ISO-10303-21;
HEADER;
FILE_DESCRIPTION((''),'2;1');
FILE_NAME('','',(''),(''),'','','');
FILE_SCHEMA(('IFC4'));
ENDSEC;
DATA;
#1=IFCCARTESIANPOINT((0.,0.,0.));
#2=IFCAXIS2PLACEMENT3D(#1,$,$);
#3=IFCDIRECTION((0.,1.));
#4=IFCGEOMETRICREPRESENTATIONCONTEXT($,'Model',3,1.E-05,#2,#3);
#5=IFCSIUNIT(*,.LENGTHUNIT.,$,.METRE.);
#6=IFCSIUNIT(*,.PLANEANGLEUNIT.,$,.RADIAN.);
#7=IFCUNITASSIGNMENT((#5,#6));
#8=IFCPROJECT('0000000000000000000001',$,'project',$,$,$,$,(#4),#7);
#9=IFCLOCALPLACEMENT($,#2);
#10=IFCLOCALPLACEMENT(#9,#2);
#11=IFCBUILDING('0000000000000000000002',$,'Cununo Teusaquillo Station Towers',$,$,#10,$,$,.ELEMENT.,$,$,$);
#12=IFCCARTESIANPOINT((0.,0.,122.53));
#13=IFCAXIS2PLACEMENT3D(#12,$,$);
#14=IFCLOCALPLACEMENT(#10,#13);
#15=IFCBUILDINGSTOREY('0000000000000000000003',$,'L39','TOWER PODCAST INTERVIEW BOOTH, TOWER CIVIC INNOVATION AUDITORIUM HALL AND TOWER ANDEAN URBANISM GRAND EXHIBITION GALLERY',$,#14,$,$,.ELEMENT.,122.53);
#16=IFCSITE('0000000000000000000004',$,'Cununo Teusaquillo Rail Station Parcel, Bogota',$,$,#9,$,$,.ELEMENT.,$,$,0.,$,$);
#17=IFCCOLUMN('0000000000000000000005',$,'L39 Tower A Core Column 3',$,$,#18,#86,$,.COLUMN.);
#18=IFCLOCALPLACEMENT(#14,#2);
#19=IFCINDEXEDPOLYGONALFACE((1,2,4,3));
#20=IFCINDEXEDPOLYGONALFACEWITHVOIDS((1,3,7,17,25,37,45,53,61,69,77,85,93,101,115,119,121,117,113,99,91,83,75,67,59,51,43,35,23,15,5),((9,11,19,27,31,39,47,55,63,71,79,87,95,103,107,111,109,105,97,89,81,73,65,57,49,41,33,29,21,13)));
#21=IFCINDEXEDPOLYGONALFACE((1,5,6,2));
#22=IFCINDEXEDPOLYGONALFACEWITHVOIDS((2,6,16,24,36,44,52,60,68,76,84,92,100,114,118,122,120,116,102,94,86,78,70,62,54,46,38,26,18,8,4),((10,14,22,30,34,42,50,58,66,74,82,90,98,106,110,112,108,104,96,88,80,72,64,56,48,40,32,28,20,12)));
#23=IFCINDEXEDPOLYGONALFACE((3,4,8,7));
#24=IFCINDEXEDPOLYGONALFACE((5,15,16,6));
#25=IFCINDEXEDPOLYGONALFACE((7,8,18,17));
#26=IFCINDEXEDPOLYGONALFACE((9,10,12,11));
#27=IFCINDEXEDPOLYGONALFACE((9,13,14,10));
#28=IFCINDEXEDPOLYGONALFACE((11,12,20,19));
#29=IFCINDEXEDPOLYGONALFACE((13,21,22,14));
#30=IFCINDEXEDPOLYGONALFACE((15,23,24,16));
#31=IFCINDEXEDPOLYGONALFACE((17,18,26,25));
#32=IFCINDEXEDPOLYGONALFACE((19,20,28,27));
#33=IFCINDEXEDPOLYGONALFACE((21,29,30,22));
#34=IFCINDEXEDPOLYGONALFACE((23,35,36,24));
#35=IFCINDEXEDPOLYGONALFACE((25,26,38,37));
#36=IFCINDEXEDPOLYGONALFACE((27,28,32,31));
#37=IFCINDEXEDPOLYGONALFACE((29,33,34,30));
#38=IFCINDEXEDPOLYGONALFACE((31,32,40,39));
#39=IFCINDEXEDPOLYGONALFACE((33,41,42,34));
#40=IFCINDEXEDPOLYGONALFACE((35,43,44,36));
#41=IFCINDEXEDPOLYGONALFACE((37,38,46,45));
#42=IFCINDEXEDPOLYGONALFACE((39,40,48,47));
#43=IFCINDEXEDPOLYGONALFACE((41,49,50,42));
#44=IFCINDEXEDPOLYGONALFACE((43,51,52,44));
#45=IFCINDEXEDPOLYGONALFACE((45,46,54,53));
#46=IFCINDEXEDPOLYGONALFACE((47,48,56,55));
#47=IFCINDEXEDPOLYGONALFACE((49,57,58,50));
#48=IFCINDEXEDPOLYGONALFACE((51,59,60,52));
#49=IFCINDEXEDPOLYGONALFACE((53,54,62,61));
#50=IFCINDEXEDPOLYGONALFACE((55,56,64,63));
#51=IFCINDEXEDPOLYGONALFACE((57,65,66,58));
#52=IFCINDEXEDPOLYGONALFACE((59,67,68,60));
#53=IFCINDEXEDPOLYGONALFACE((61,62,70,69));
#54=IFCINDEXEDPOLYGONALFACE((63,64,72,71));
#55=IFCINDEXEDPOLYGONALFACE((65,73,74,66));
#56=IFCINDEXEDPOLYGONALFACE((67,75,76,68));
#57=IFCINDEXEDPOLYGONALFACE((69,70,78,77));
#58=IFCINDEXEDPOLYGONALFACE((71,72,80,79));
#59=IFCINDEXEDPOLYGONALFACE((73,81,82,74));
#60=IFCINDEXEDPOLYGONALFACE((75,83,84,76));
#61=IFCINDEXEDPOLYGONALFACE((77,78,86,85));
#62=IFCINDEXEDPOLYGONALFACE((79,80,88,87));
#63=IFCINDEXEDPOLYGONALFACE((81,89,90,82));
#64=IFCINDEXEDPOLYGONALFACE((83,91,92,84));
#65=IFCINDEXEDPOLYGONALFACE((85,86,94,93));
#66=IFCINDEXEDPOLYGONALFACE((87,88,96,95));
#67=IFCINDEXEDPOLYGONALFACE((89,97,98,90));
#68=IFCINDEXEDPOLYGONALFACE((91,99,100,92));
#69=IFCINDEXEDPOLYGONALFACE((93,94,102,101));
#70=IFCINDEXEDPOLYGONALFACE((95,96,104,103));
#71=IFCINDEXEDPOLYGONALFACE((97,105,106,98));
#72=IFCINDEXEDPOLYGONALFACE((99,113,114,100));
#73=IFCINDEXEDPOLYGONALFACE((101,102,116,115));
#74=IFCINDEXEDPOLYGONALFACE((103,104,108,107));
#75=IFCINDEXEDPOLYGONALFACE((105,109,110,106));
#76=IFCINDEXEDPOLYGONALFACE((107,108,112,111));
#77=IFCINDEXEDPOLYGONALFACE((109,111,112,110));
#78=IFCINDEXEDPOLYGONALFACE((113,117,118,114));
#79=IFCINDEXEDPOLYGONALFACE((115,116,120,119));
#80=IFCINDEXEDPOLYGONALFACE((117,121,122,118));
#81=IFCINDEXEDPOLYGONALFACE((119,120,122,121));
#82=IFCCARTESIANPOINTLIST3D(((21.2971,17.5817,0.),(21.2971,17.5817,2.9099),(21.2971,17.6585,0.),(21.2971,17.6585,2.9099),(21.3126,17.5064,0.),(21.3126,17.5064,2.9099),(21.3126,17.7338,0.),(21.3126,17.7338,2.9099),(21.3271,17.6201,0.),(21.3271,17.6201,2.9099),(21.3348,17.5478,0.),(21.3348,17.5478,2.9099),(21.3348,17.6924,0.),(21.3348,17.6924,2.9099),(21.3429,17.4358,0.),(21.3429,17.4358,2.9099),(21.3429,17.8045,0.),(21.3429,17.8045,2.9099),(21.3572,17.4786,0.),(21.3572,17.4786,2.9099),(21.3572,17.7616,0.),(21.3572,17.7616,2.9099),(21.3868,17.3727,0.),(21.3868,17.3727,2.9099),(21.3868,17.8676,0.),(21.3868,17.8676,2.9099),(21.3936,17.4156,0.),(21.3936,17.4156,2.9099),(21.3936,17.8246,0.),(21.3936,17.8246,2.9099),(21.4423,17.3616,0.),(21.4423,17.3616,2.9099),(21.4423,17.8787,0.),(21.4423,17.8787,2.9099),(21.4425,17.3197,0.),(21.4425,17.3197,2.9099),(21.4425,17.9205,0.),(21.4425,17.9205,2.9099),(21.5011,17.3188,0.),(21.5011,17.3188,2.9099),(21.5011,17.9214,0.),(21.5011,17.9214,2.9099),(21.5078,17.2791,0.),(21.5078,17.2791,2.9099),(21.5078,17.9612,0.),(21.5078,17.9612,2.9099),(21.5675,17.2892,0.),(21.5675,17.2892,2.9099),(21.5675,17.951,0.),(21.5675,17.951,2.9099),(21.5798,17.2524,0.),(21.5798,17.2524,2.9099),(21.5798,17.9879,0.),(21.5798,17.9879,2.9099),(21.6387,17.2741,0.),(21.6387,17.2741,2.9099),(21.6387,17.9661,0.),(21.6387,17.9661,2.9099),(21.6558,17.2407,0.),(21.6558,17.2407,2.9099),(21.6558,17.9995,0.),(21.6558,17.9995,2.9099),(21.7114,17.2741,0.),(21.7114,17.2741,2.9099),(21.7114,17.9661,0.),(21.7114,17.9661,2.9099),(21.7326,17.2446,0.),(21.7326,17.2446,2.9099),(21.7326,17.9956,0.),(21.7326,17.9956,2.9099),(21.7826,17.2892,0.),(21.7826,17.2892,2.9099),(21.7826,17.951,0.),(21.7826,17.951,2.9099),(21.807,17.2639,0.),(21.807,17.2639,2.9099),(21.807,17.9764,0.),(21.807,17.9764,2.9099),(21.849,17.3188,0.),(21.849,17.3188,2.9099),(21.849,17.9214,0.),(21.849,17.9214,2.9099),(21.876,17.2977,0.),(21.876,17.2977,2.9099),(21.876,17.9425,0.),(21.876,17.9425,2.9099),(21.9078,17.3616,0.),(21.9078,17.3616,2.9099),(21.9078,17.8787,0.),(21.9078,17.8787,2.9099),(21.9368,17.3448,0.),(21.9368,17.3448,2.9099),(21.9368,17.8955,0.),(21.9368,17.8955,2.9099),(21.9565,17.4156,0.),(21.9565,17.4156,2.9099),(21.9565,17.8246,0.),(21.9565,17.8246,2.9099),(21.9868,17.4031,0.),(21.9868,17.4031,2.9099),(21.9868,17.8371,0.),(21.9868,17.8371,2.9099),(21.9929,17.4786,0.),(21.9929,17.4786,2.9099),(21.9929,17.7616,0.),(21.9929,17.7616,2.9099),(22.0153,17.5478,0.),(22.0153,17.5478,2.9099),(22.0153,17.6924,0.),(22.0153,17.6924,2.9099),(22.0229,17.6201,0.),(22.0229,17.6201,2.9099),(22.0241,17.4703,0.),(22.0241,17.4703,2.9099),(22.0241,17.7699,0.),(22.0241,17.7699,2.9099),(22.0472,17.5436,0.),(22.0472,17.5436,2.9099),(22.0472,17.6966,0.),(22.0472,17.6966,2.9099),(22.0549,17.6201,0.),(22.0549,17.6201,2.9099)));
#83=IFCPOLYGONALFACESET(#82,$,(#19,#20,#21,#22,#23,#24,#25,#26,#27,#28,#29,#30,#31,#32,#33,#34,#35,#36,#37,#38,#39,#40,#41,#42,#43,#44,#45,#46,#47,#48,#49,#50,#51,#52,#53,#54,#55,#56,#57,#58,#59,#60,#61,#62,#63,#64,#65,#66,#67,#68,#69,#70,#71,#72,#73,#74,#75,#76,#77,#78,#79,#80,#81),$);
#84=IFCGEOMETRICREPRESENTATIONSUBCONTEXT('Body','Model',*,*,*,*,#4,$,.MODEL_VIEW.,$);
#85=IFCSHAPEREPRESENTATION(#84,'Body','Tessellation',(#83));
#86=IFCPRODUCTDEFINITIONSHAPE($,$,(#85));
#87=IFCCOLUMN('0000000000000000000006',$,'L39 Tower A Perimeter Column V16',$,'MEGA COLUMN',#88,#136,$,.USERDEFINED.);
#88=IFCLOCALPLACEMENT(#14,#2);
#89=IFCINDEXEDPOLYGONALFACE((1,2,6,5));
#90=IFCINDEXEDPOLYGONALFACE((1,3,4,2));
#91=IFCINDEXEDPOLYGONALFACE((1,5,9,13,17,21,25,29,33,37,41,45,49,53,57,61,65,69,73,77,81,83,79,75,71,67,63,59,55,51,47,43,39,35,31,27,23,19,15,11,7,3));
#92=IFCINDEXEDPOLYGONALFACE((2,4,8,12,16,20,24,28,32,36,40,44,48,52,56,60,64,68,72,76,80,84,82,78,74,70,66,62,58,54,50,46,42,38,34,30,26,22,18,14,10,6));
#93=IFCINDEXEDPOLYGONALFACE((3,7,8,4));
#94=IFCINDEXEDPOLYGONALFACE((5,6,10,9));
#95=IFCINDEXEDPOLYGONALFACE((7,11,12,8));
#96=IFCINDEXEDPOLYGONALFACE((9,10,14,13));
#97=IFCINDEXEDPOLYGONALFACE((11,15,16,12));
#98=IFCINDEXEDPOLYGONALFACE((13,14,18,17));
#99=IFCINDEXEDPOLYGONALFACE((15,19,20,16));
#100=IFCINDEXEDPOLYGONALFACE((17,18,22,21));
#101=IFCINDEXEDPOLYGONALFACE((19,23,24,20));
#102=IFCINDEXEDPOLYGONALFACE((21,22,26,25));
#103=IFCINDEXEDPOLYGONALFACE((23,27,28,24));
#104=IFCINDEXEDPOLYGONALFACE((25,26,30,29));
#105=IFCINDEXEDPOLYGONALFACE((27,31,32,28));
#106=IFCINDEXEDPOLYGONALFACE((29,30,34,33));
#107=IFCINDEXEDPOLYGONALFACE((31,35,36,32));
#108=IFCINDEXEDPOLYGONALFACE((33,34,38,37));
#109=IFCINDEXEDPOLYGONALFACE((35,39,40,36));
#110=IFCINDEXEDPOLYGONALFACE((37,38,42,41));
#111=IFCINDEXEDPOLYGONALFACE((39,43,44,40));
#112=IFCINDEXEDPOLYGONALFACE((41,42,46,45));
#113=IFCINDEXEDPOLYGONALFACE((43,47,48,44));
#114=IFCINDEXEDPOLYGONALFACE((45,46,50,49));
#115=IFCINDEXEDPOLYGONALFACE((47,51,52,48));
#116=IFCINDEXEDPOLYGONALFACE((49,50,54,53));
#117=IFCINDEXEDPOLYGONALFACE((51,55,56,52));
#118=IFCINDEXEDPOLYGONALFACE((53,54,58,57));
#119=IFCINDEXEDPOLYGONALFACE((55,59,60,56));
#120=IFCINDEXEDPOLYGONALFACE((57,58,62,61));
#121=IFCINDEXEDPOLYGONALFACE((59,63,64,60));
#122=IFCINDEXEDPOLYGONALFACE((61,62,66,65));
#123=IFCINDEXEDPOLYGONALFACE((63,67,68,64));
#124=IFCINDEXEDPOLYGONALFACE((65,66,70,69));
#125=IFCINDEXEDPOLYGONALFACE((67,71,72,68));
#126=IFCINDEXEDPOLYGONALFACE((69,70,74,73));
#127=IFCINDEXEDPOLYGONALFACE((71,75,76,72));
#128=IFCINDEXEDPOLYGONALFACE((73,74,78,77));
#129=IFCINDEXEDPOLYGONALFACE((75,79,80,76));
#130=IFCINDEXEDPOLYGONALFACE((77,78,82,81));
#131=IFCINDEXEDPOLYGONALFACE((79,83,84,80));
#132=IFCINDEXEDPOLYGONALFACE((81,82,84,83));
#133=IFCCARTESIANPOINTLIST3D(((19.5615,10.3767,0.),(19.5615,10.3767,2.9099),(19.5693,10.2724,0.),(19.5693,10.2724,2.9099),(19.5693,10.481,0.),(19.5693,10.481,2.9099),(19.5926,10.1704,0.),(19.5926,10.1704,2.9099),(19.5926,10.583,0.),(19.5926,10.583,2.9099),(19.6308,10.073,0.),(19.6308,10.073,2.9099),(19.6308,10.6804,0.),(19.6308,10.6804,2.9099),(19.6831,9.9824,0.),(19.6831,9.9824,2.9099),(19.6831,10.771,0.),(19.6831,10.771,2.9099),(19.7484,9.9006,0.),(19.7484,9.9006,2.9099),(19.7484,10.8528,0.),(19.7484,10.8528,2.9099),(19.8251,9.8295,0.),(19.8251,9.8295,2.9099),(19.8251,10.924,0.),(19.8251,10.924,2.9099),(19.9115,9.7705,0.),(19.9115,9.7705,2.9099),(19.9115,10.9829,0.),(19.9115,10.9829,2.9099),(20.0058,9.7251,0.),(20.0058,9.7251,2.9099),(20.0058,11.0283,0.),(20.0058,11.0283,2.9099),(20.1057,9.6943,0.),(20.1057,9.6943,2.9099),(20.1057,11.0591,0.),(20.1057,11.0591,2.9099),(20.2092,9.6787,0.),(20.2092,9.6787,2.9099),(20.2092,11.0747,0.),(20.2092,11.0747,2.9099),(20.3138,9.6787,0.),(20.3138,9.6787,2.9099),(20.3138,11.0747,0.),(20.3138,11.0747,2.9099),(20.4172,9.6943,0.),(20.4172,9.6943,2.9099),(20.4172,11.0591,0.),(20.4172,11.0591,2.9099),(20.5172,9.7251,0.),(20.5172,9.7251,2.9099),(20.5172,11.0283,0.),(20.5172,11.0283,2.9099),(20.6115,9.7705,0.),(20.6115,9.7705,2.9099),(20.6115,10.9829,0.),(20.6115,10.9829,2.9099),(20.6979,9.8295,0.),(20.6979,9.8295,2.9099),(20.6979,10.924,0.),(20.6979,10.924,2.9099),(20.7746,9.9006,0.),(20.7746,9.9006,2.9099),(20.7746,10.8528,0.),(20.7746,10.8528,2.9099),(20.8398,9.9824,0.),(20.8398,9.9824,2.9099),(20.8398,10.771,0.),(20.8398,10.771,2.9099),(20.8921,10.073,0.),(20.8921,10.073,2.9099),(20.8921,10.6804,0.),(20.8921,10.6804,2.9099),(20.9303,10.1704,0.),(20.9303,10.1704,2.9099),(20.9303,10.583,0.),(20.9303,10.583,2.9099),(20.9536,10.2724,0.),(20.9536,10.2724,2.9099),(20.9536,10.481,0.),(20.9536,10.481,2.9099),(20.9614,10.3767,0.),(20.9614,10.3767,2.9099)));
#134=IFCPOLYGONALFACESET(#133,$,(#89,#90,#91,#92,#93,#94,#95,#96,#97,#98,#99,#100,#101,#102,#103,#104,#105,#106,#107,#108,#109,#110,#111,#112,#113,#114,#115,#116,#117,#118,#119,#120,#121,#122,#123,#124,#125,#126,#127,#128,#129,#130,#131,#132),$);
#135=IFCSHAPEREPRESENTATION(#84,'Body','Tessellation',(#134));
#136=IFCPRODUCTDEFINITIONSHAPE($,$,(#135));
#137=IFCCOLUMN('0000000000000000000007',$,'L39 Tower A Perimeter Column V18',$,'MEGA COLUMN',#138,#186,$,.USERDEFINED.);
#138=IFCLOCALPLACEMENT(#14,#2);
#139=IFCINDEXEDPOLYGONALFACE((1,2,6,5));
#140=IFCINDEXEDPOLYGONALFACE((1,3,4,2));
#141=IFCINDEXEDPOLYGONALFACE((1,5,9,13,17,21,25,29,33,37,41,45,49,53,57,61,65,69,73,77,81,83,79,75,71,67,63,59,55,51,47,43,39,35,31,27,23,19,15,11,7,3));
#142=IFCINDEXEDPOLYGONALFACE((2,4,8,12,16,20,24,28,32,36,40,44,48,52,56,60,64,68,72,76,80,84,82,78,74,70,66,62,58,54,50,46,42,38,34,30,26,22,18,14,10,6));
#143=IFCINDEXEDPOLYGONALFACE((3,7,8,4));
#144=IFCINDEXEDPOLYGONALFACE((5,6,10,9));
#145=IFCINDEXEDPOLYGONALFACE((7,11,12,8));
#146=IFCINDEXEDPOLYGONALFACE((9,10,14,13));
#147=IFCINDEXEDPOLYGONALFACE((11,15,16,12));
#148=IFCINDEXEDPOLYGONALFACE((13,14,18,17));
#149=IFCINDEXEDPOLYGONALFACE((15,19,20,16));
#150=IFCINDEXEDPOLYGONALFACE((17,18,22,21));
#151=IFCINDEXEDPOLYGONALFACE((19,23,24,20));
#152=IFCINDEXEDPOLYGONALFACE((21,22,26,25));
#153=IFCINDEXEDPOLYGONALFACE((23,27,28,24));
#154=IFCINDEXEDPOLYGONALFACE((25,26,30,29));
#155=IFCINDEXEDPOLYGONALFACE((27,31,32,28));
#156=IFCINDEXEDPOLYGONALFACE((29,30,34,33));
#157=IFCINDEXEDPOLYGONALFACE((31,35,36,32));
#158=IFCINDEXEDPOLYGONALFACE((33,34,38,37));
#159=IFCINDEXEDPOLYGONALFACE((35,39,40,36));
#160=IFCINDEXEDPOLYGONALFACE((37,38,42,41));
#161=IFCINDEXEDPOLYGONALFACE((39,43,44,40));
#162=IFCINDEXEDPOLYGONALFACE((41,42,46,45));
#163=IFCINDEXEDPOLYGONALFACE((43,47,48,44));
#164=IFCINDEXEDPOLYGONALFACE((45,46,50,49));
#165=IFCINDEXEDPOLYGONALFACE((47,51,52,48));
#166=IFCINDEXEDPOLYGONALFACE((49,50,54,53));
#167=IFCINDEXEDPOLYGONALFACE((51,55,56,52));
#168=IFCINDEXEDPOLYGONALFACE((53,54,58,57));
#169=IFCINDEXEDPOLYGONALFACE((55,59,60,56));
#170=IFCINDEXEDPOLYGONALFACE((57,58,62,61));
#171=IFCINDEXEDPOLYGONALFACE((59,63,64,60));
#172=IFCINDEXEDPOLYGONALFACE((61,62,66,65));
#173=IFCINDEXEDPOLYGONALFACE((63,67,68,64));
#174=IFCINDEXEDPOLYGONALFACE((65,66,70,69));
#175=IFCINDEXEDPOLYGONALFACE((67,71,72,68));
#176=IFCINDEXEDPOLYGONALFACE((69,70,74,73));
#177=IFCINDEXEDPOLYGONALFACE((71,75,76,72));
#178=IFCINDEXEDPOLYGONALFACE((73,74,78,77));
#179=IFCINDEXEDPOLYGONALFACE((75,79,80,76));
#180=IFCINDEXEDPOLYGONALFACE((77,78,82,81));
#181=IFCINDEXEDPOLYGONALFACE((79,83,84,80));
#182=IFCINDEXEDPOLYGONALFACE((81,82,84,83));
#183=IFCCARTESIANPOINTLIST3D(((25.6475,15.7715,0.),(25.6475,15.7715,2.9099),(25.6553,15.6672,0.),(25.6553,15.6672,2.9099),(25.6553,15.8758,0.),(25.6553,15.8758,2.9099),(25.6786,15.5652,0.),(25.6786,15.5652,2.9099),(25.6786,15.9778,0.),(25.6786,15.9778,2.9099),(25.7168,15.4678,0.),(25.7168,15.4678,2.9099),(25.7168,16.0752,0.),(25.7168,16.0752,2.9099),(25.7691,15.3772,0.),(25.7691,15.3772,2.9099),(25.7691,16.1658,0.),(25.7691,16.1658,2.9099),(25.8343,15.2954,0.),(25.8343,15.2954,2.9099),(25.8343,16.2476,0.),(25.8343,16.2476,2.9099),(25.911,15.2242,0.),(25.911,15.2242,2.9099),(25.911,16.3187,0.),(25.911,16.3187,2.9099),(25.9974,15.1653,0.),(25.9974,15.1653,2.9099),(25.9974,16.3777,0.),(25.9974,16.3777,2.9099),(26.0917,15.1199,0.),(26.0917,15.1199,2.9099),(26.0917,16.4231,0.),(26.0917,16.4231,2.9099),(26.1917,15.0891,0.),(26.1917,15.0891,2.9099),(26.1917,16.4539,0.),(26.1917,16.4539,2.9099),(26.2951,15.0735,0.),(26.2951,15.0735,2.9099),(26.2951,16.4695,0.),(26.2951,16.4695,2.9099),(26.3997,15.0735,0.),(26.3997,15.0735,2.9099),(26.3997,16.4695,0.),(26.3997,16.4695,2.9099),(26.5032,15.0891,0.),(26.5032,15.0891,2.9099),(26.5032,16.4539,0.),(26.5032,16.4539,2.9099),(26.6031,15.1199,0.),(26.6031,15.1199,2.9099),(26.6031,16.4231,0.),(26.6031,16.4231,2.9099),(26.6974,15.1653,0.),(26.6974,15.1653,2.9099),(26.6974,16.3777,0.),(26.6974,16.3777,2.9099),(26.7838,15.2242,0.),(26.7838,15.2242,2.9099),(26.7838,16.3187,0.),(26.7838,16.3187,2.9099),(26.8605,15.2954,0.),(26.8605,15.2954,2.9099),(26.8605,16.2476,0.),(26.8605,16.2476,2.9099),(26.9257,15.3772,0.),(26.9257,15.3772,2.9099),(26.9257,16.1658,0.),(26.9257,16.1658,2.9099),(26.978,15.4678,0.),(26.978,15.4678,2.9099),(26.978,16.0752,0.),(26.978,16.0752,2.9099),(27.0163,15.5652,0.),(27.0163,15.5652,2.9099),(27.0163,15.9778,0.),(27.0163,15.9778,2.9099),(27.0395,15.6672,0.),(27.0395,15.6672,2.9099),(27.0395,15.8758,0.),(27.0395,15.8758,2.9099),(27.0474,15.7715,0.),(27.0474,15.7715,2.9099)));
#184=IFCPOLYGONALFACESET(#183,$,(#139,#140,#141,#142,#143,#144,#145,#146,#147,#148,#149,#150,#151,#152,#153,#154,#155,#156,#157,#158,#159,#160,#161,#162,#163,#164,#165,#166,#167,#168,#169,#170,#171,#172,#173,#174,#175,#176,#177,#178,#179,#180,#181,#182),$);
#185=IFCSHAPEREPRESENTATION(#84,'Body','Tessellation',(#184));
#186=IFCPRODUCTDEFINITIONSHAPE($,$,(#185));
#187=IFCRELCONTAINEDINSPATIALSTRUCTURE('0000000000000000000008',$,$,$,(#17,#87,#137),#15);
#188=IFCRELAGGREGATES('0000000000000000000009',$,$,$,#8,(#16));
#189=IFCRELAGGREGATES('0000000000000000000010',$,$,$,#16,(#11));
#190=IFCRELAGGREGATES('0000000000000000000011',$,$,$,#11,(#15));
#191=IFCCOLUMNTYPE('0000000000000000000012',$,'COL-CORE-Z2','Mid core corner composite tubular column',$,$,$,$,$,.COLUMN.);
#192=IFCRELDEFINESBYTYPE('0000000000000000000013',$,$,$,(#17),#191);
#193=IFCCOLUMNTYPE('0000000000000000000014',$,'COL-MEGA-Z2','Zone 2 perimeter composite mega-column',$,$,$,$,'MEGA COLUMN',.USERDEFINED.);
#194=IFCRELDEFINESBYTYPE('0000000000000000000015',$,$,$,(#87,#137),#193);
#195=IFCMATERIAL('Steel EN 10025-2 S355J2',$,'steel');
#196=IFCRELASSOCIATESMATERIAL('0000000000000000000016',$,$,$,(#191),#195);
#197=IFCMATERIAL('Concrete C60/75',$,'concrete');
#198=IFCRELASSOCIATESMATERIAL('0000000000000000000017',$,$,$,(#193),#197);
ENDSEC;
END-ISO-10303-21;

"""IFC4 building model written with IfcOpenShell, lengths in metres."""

from ifc_helpers import new_model, si_unit, direction, frame, origin, origin_2d, place, context, subcontext, project, spatial, circle, hollow_circle, extrude, material, material_profile, profile_set, type_object, element, save


model = new_model("IFC4")

# Units and contexts
model_context = context("Model", 3, precision=1e-05, world=origin(), true_north=direction((0.0, 1.0)))
body_context = subcontext(model_context, "Body", "Model", "MODEL_VIEW")
ifc_project = project(units=[si_unit("LENGTHUNIT", "METRE"), si_unit("PLANEANGLEUNIT", "RADIAN")], contexts=[model_context])

# Site, building, storey
site_placement = place(None, origin())
site = spatial("IfcSite", under=ifc_project, at=site_placement, Name="Cununo Teusaquillo Rail Station Parcel, Bogota", CompositionType="ELEMENT", RefElevation=0.0)
building_placement = place(site_placement, origin())
building = spatial("IfcBuilding", under=site, at=building_placement, Name="Cununo Teusaquillo Station Towers", CompositionType="ELEMENT")
storey_placement = place(building_placement, frame((0.0, 0.0, 122.53)))
storey = spatial("IfcBuildingStorey", under=building, at=storey_placement, Name="L39", Description="TOWER PODCAST INTERVIEW BOOTH, TOWER CIVIC INNOVATION AUDITORIUM HALL AND TOWER ANDEAN URBANISM GRAND EXHIBITION GALLERY", CompositionType="ELEMENT", Elevation=122.53)

# Columns
ifc_material_1 = material(Name="Steel EN 10025-2 S355J2", Category="steel")
ifc_material_profile_1 = material_profile(ifc_material_1, hollow_circle(Radius=0.3799, WallThickness=0.032, at=origin_2d()), Name="CHS 760x32")
ifc_profile_set_1 = profile_set([ifc_material_profile_1], Name="Steel EN 10025-2 S355J2")
column_type_1 = type_object("IfcColumnType", Name="COL-CORE-Z2", Description="Mid core corner composite tubular column", PredefinedType="COLUMN", material=ifc_profile_set_1)
column_placement = place(storey_placement, frame((21.675, 17.6201, 0.0), z_axis=(0.0, 0.0, 1.0), x_axis=(1.0, 0.0, 0.0)))
element("IfcColumn", 1, at=column_placement, inside=storey, type_object=column_type_1, Name="L39 Tower A Core Column 3", PredefinedType="COLUMN", context=body_context, shape_type="SweptSolid", body=[
    extrude(hollow_circle(Radius=0.3799, WallThickness=0.032, at=origin_2d()), origin(), (0.0, 0.0, 1.0), 2.9099),
])
ifc_material_2 = material(Name="Concrete C60/75", Category="concrete")
ifc_material_profile_2 = material_profile(ifc_material_2, circle(Radius=0.7, at=origin_2d()), Name="RC-CIRC-1400")
ifc_profile_set_2 = profile_set([ifc_material_profile_2], Name="Concrete C60/75")
column_type_2 = type_object("IfcColumnType", Name="COL-MEGA-Z2", Description="Zone 2 perimeter composite mega-column", ElementType="MEGA COLUMN", PredefinedType="USERDEFINED", material=ifc_profile_set_2)
for number, where, z_axis, x_axis, name in (
    (2, (20.2615, 10.3767, 0.0), (0.0, 0.0, 1.0), (1.0, 0.0, 0.0), "L39 Tower A Perimeter Column V16"),
    (3, (26.3474, 15.7715, 0.0), (0.0, 0.0, 1.0), (1.0, 0.0, 0.0), "L39 Tower A Perimeter Column V18"),
):
    element("IfcColumn", number, at=place(storey_placement, frame(where, z_axis=z_axis, x_axis=x_axis)), inside=storey, type_object=column_type_2, Name=name, ObjectType="MEGA COLUMN", PredefinedType="USERDEFINED", context=body_context, shape_type="SweptSolid", body=[
        extrude(circle(Radius=0.7, at=origin_2d()), origin(), (0.0, 0.0, 1.0), 2.9099),
    ])

save(model, "model.ifc")
